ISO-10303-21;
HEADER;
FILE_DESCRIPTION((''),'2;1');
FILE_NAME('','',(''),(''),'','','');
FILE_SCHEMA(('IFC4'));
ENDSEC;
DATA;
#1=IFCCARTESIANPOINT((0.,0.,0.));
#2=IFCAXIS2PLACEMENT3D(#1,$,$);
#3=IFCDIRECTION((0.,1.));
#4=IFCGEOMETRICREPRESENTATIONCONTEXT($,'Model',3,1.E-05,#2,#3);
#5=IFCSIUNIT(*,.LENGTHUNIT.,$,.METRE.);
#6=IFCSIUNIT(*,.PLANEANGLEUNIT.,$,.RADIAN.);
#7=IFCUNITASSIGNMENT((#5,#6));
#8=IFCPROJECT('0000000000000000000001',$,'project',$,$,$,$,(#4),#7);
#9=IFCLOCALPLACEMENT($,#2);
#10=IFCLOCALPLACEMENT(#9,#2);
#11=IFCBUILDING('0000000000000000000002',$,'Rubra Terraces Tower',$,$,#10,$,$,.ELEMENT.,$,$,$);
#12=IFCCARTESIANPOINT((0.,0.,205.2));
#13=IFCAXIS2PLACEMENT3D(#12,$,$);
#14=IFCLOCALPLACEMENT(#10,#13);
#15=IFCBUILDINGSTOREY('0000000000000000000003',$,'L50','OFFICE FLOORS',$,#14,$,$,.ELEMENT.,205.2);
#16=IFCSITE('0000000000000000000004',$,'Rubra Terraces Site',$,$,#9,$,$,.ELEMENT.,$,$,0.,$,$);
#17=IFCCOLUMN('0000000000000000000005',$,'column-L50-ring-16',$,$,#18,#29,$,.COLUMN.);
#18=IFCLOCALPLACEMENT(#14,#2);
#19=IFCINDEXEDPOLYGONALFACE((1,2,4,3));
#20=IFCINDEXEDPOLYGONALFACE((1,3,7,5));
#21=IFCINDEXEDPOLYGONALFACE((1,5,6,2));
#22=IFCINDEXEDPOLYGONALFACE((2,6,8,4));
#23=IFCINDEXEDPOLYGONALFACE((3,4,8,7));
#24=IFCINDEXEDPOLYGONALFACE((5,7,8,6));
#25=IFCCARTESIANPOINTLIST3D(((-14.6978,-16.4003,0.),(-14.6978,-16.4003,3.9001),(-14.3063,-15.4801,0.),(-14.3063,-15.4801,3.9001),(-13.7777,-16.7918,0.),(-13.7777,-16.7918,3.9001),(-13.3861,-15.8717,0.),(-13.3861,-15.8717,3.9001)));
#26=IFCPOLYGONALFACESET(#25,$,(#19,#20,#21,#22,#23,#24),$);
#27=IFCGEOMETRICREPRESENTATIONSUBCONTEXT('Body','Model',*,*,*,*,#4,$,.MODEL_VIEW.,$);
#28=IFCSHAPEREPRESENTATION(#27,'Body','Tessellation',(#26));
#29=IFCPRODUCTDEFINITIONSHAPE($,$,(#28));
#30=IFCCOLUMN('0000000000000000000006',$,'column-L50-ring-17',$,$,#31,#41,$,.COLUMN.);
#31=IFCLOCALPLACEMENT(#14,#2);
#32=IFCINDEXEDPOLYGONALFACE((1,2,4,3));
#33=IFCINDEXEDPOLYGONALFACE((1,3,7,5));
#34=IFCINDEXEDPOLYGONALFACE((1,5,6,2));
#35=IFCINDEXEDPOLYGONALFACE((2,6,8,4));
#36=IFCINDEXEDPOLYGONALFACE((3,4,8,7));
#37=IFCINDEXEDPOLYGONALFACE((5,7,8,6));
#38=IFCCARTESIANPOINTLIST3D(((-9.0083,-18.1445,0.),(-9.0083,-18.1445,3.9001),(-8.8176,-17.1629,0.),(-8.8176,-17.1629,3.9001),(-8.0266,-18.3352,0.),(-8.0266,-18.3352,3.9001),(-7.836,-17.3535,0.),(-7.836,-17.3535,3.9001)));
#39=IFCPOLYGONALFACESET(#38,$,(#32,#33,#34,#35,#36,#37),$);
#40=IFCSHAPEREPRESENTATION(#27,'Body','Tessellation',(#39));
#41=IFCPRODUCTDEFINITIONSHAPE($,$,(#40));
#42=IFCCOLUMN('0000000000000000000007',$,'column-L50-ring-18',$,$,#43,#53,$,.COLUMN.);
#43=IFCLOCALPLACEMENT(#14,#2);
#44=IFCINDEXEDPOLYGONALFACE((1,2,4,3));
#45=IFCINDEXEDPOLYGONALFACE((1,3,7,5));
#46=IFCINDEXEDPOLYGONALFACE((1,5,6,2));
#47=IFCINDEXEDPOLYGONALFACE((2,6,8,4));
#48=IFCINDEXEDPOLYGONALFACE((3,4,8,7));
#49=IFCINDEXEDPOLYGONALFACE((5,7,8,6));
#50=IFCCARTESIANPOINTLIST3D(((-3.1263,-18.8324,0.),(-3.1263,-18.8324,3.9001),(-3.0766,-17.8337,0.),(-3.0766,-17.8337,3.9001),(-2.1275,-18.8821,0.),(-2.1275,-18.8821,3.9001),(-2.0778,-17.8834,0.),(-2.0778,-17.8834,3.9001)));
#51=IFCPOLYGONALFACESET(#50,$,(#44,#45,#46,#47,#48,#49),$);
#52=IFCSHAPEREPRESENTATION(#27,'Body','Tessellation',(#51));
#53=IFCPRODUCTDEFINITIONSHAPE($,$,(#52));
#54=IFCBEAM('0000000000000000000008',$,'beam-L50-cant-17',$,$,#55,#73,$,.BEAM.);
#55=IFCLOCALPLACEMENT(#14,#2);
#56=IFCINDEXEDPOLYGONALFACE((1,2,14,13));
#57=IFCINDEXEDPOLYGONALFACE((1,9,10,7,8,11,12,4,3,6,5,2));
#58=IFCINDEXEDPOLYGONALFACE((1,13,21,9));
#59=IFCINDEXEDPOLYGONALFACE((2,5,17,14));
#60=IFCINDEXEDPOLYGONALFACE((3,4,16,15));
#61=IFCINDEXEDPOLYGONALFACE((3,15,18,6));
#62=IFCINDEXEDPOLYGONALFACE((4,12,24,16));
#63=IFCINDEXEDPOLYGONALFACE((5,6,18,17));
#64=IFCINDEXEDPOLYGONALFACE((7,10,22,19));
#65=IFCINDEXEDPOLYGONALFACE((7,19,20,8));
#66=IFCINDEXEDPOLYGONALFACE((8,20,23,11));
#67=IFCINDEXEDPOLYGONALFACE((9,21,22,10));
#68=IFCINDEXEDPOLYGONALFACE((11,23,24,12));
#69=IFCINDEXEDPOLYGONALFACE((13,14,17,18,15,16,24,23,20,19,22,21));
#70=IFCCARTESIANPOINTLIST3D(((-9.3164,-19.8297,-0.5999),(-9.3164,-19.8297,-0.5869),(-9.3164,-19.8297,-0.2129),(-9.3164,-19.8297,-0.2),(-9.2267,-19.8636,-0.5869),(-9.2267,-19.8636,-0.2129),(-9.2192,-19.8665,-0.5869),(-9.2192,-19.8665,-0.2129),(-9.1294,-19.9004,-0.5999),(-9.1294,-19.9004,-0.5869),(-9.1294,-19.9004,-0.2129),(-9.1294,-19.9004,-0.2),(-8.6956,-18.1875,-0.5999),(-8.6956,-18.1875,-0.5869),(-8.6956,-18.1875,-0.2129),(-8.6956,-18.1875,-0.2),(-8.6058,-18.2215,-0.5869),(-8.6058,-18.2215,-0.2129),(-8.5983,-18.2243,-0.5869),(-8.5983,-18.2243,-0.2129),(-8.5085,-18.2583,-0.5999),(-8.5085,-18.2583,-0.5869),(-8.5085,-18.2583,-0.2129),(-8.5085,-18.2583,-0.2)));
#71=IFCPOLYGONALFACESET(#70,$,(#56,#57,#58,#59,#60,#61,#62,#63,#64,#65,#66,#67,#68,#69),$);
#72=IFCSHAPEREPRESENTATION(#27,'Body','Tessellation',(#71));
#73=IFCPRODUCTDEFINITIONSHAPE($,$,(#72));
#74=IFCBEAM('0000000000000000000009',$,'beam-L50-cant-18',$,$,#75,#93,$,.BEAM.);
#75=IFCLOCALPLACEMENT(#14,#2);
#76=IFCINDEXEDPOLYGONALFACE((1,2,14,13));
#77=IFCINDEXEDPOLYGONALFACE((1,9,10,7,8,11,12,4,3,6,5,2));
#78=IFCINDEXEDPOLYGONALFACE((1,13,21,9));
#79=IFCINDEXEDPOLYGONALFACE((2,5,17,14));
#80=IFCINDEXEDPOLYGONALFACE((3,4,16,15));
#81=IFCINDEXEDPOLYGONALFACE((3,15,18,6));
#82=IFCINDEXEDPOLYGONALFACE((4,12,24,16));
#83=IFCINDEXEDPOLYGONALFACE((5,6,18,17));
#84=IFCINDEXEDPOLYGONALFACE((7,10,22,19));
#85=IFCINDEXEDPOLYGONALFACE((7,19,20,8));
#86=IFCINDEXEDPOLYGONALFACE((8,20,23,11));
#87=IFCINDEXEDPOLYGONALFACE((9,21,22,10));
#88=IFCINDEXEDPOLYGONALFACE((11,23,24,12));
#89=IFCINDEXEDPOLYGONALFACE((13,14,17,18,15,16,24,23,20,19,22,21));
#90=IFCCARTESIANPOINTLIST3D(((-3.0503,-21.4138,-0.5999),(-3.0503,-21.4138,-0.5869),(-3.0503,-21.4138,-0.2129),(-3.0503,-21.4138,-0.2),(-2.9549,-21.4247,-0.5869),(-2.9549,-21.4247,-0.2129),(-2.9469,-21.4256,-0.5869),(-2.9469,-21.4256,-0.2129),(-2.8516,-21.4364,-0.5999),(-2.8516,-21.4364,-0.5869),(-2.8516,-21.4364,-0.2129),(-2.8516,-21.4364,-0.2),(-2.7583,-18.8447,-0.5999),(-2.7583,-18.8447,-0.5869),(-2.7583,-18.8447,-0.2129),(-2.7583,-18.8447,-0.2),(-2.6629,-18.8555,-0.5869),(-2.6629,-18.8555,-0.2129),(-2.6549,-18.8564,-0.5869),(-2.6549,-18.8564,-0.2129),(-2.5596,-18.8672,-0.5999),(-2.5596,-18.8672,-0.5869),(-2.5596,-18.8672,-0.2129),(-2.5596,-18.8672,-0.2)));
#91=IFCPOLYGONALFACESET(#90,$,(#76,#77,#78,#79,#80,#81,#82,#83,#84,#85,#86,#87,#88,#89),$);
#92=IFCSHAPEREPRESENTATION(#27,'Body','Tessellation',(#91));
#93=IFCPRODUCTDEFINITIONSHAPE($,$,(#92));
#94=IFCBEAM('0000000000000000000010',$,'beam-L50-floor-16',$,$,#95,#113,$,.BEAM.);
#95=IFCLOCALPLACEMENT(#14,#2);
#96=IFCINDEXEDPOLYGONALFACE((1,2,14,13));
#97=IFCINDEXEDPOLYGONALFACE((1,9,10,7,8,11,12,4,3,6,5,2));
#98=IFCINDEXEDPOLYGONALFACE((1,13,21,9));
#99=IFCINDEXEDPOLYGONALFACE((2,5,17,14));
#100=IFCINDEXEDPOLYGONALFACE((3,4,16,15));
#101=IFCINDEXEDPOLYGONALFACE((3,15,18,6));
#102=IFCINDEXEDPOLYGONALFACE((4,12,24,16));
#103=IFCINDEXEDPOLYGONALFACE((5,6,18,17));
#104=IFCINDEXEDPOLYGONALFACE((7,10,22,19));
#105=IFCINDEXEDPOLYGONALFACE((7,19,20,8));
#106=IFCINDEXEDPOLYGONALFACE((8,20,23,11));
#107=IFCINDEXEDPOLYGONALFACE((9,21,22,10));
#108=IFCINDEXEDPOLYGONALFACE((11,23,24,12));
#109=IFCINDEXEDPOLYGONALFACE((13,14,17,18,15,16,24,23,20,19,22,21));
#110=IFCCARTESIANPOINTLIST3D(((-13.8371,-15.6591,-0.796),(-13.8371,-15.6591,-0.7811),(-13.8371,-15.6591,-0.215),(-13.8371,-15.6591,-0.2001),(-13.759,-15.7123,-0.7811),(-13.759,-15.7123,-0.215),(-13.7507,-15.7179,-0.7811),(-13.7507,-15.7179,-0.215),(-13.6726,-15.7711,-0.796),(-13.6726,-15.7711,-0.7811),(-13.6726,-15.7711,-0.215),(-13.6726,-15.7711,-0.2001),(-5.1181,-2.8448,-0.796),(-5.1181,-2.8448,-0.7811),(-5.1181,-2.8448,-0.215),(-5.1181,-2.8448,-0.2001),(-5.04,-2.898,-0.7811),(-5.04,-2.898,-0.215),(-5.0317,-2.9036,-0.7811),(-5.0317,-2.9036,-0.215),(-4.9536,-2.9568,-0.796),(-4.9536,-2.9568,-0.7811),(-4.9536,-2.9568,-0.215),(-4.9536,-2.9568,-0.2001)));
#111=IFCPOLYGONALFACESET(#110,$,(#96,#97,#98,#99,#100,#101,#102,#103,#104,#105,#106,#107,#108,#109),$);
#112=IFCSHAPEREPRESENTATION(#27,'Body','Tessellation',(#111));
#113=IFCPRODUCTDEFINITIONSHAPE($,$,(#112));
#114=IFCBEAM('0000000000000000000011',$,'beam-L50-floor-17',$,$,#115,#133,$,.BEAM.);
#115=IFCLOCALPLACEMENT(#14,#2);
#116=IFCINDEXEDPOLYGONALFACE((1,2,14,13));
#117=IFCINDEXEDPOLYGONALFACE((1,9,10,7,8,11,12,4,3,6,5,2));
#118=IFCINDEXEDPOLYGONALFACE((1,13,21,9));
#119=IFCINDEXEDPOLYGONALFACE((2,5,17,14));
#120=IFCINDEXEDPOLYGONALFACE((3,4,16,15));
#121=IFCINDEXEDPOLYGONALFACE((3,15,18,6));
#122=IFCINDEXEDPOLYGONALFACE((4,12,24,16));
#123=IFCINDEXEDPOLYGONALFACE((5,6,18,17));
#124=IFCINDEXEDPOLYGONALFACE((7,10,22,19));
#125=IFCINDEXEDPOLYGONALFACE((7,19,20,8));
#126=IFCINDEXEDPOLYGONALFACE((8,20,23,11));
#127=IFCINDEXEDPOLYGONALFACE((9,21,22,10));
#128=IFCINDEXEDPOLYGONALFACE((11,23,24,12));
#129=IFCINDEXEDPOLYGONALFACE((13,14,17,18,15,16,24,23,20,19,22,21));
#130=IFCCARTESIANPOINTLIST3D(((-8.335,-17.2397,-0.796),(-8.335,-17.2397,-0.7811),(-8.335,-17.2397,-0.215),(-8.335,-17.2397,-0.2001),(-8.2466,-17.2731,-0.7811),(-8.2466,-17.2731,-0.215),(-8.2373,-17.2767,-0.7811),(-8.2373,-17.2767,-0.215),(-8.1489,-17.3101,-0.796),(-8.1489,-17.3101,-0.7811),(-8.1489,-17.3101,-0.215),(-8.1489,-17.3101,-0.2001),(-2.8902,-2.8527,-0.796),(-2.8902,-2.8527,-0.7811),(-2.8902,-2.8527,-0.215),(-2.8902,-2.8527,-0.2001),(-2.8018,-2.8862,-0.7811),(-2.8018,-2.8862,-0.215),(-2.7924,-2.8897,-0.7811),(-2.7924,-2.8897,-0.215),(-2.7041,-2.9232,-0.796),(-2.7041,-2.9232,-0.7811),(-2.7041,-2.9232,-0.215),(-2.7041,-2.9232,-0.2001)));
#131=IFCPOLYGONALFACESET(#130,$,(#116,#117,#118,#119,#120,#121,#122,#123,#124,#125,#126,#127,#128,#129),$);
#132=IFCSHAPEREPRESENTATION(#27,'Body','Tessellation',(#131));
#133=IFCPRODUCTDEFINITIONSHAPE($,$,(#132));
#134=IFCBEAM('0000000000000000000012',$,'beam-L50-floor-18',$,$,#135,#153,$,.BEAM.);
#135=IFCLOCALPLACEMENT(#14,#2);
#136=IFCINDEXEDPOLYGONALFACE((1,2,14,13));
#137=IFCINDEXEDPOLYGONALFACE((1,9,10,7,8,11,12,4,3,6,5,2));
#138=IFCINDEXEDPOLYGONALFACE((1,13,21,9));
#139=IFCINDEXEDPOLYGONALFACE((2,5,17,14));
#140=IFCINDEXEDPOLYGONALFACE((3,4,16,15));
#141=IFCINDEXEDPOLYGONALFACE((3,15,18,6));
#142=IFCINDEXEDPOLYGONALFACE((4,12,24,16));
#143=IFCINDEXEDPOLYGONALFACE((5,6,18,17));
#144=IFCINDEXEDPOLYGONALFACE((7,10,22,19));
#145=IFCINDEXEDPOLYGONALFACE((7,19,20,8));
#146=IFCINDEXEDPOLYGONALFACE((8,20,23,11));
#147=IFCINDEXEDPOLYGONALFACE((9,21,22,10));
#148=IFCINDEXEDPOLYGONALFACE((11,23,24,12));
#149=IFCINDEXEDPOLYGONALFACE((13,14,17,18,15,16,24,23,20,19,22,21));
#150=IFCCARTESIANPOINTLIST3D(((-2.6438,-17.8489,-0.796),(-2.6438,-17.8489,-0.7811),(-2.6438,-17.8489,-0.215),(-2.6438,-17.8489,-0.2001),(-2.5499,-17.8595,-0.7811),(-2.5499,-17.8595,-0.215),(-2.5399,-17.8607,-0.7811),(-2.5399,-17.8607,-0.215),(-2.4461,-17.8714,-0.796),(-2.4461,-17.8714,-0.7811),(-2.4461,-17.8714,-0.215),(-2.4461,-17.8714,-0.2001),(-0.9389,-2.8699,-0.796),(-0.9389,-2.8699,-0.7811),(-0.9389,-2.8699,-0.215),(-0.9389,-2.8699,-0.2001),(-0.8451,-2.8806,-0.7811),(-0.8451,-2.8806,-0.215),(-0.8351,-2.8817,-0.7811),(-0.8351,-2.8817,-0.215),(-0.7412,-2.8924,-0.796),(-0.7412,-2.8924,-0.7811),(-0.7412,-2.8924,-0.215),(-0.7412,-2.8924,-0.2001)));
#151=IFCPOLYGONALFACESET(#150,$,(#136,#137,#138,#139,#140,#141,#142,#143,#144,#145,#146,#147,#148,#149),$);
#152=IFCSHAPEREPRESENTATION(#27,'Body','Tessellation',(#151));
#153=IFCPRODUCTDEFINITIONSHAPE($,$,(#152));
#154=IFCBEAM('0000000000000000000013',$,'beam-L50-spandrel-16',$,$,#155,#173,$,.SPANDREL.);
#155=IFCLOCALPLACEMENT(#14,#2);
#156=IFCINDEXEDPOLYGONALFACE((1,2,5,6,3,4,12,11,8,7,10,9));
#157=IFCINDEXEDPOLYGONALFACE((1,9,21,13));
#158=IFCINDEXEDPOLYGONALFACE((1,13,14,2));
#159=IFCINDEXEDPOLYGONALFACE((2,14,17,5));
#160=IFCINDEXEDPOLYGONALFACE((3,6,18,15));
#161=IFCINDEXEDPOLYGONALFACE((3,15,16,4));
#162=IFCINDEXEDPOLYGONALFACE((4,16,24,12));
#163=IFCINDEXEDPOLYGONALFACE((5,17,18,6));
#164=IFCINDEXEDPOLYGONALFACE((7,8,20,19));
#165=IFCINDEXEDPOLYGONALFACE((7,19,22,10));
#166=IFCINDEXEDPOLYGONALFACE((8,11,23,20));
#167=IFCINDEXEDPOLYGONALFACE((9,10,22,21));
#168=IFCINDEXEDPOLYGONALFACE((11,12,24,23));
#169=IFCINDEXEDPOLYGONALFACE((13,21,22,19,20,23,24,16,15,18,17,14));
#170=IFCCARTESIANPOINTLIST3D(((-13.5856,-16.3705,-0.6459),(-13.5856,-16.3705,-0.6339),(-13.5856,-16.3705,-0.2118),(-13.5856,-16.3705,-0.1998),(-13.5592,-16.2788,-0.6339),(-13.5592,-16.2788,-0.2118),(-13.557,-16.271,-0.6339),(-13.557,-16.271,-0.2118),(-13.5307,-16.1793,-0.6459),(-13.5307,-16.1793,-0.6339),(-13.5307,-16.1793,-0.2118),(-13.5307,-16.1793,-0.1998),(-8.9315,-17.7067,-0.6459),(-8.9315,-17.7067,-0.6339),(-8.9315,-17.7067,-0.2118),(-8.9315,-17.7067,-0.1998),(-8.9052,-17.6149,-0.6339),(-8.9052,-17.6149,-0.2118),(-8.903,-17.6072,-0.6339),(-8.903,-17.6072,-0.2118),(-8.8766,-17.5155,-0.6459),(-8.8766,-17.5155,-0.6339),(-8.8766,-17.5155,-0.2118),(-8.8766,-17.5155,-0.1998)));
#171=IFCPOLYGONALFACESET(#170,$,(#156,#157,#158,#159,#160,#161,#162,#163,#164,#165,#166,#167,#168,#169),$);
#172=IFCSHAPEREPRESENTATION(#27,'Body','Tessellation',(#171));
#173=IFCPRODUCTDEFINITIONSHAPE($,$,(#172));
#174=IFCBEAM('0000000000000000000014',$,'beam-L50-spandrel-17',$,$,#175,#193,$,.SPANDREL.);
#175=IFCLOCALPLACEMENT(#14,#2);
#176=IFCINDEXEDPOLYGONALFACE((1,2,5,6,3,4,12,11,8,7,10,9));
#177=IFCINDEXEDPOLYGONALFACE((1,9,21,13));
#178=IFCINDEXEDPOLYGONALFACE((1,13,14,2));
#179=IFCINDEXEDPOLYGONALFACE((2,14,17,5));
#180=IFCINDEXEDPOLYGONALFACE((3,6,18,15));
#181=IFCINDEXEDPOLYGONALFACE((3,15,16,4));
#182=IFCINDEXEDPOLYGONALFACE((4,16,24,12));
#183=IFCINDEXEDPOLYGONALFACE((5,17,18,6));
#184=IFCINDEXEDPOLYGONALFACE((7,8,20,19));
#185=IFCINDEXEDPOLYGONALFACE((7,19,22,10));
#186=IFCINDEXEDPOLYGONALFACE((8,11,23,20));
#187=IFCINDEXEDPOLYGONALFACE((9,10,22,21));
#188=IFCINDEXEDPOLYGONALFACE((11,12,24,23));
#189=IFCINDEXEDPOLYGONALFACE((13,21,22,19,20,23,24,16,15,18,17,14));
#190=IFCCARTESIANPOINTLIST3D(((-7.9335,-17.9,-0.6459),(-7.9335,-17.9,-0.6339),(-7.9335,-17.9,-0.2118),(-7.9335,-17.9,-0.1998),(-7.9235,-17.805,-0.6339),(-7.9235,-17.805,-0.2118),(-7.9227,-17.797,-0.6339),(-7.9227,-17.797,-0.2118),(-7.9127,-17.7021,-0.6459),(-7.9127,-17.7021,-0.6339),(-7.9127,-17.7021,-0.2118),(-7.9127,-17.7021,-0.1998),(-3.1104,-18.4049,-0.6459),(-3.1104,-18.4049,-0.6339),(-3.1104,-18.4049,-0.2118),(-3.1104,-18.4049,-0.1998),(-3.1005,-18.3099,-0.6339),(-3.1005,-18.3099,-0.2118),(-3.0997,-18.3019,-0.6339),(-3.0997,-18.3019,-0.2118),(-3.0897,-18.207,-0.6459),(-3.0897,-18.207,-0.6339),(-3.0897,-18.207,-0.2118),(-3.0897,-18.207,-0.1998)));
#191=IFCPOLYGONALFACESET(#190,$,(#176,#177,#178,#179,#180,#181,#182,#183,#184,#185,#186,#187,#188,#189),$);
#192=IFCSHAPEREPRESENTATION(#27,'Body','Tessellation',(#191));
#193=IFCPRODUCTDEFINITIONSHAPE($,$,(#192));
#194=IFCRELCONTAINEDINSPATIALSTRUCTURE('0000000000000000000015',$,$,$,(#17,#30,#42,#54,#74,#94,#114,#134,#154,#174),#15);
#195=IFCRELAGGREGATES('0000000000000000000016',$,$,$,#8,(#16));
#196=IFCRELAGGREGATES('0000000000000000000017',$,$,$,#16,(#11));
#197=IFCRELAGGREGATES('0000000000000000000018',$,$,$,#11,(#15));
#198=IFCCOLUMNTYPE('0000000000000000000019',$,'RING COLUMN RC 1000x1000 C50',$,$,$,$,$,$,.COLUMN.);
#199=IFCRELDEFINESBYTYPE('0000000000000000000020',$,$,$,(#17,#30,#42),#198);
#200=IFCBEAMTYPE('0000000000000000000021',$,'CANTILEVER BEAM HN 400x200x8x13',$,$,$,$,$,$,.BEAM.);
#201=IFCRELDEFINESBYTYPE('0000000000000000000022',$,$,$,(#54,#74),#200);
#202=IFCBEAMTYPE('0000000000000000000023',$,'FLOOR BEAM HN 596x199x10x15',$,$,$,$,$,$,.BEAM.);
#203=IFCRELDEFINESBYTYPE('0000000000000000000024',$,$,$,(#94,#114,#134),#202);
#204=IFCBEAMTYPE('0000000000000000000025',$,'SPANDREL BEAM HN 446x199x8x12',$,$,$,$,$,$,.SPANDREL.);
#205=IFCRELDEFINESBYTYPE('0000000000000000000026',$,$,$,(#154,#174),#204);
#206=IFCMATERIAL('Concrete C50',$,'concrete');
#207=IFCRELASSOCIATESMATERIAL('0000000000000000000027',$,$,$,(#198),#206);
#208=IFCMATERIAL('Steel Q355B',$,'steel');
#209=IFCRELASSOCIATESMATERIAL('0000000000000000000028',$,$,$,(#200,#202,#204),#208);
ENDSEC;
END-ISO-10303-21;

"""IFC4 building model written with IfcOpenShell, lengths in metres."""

from ifc_helpers import new_model, si_unit, direction, frame, origin, origin_2d, place, context, subcontext, project, spatial, rectangle, i_section, extrude, material, material_profile, profile_set, type_object, element, save


model = new_model("IFC4")

# Units and contexts
model_context = context("Model", 3, precision=1e-05, world=origin(), true_north=direction((0.0, 1.0)))
body_context = subcontext(model_context, "Body", "Model", "MODEL_VIEW")
ifc_project = project(units=[si_unit("LENGTHUNIT", "METRE"), si_unit("PLANEANGLEUNIT", "RADIAN")], contexts=[model_context])

# Site, building, storey
site_placement = place(None, origin())
site = spatial("IfcSite", under=ifc_project, at=site_placement, Name="Rubra Terraces Site", CompositionType="ELEMENT", RefElevation=0.0)
building_placement = place(site_placement, origin())
building = spatial("IfcBuilding", under=site, at=building_placement, Name="Rubra Terraces Tower", CompositionType="ELEMENT")
storey_placement = place(building_placement, frame((0.0, 0.0, 205.2)))
storey = spatial("IfcBuildingStorey", under=building, at=storey_placement, Name="L50", Description="OFFICE FLOORS", CompositionType="ELEMENT", Elevation=205.2)

# Columns
ifc_material_1 = material(Name="Concrete C50", Category="concrete")
ifc_material_profile_1 = material_profile(ifc_material_1, rectangle(XDim=1.0, YDim=1.0, at=origin_2d()), Name="RC 1000x1000")
ifc_profile_set_1 = profile_set([ifc_material_profile_1], Name="Concrete C50")
column_type = type_object("IfcColumnType", Name="RING COLUMN RC 1000x1000 C50", PredefinedType="COLUMN", material=ifc_profile_set_1)
for number, where, z_axis, x_axis, name in (
    (1, (-14.042, -16.136, 0.0), (0.0, 0.0, 1.0), (0.920168, -0.391524, 0.0), "column-L50-ring-16"),
    (2, (-8.4221, -17.749, 0.0), (0.0, 0.0, 1.0), (0.981655, -0.190668, 0.0), "column-L50-ring-17"),
    (3, (-2.6021, -18.3579, 0.0), (0.0, 0.0, 1.0), (0.998764, -0.049699, 0.0), "column-L50-ring-18"),
):
    element("IfcColumn", number, at=place(storey_placement, frame(where, z_axis=z_axis, x_axis=x_axis)), inside=storey, type_object=column_type, Name=name, PredefinedType="COLUMN", context=body_context, shape_type="SweptSolid", body=[
        extrude(rectangle(XDim=1.0, YDim=1.0, at=origin_2d()), origin(), (0.0, 0.0, 1.0), 3.9001),
    ])

# Beams
ifc_material_2 = material(Name="Steel Q355B", Category="steel")
ifc_material_profile_2 = material_profile(ifc_material_2, i_section(OverallWidth=0.2, OverallDepth=0.3999, WebThickness=0.0081, FlangeThickness=0.0129, at=origin_2d()), Name="HN 400x200x8x13")
ifc_profile_set_2 = profile_set([ifc_material_profile_2], Name="Steel Q355B")
beam_type_1 = type_object("IfcBeamType", Name="CANTILEVER BEAM HN 400x200x8x13", PredefinedType="BEAM", material=ifc_profile_set_2)
beam_1_placement = place(storey_placement, frame((-8.6021, -18.2229, -0.3999), z_axis=(-0.353652, -0.935377, 0.0), x_axis=(0.935377, -0.353652, 0.0)))
element("IfcBeam", 4, at=beam_1_placement, inside=storey, type_object=beam_type_1, Name="beam-L50-cant-17", PredefinedType="BEAM", context=body_context, shape_type="SweptSolid", body=[
    extrude(i_section(OverallWidth=0.2, OverallDepth=0.3999, WebThickness=0.0081, FlangeThickness=0.0129, at=origin_2d()), origin(), (0.0, 0.0, 1.0), 1.7556),
])
beam_2_placement = place(storey_placement, frame((-2.6589, -18.856, -0.3999), z_axis=(-0.112929, -0.993603, 0.0), x_axis=(0.993603, -0.112929, 0.0)))
element("IfcBeam", 5, at=beam_2_placement, inside=storey, type_object=beam_type_1, Name="beam-L50-cant-18", PredefinedType="BEAM", context=body_context, shape_type="SweptSolid", body=[
    extrude(i_section(OverallWidth=0.2, OverallDepth=0.3999, WebThickness=0.0081, FlangeThickness=0.0129, at=origin_2d()), origin(), (0.0, 0.0, 1.0), 2.5857),
])
ifc_material_profile_3 = material_profile(ifc_material_2, i_section(OverallWidth=0.199, OverallDepth=0.5959, WebThickness=0.01, FlangeThickness=0.0149, at=origin_2d()), Name="HN 596x199x10x15")
ifc_profile_set_3 = profile_set([ifc_material_profile_3], Name="Steel Q355B")
beam_type_2 = type_object("IfcBeamType", Name="FLOOR BEAM HN 596x199x10x15", PredefinedType="BEAM", material=ifc_profile_set_3)
beam_3_placement = place(storey_placement, frame((-13.7549, -15.7151, -0.498), z_axis=(0.562545, 0.826767, 0.0), x_axis=(-0.826767, 0.562545, 0.0)))
element("IfcBeam", 6, at=beam_3_placement, inside=storey, type_object=beam_type_2, Name="beam-L50-floor-16", PredefinedType="BEAM", context=body_context, shape_type="SweptSolid", body=[
    extrude(i_section(OverallWidth=0.199, OverallDepth=0.5959, WebThickness=0.01, FlangeThickness=0.0149, at=origin_2d()), origin(), (0.0, 0.0, 1.0), 15.4993),
])
beam_4_placement = place(storey_placement, frame((-8.2419, -17.2749, -0.498), z_axis=(0.353955, 0.935262, 0.0), x_axis=(-0.935262, 0.353955, 0.0)))
element("IfcBeam", 7, at=beam_4_placement, inside=storey, type_object=beam_type_2, Name="beam-L50-floor-17", PredefinedType="BEAM", context=body_context, shape_type="SweptSolid", body=[
    extrude(i_section(OverallWidth=0.199, OverallDepth=0.5959, WebThickness=0.01, FlangeThickness=0.0149, at=origin_2d()), origin(), (0.0, 0.0, 1.0), 15.3828),
])
beam_5_placement = place(storey_placement, frame((-2.5449, -17.8601, -0.498), z_axis=(0.113085, 0.993585, 0.0), x_axis=(-0.993585, 0.113085, 0.0)))
element("IfcBeam", 8, at=beam_5_placement, inside=storey, type_object=beam_type_2, Name="beam-L50-floor-18", PredefinedType="BEAM", context=body_context, shape_type="SweptSolid", body=[
    extrude(i_section(OverallWidth=0.199, OverallDepth=0.5959, WebThickness=0.01, FlangeThickness=0.0149, at=origin_2d()), origin(), (0.0, 0.0, 1.0), 15.0757),
])
ifc_material_profile_4 = material_profile(ifc_material_2, i_section(OverallWidth=0.199, OverallDepth=0.446, WebThickness=0.0081, FlangeThickness=0.012, at=origin_2d()), Name="HN 446x199x8x12")
ifc_profile_set_4 = profile_set([ifc_material_profile_4], Name="Steel Q355B")
beam_type_3 = type_object("IfcBeamType", Name="SPANDREL BEAM HN 446x199x8x12", PredefinedType="SPANDREL", material=ifc_profile_set_4)
beam_6_placement = place(storey_placement, frame((-13.5581, -16.2749, -0.4229), z_axis=(0.961171, -0.275953, 0.0), x_axis=(0.275953, 0.961171, 0.0)))
element("IfcBeam", 9, at=beam_6_placement, inside=storey, type_object=beam_type_3, Name="beam-L50-spandrel-16", PredefinedType="SPANDREL", context=body_context, shape_type="SweptSolid", body=[
    extrude(i_section(OverallWidth=0.199, OverallDepth=0.446, WebThickness=0.0081, FlangeThickness=0.012, at=origin_2d()), origin(), (0.0, 0.0, 1.0), 4.842),
])
beam_7_placement = place(storey_placement, frame((-7.9231, -17.801, -0.4229), z_axis=(0.994565, -0.104113, 0.0), x_axis=(0.104113, 0.994565, 0.0)))
element("IfcBeam", 10, at=beam_7_placement, inside=storey, type_object=beam_type_3, Name="beam-L50-spandrel-17", PredefinedType="SPANDREL", context=body_context, shape_type="SweptSolid", body=[
    extrude(i_section(OverallWidth=0.199, OverallDepth=0.446, WebThickness=0.0081, FlangeThickness=0.012, at=origin_2d()), origin(), (0.0, 0.0, 1.0), 4.8494),
])

save(model, "model.ifc")
